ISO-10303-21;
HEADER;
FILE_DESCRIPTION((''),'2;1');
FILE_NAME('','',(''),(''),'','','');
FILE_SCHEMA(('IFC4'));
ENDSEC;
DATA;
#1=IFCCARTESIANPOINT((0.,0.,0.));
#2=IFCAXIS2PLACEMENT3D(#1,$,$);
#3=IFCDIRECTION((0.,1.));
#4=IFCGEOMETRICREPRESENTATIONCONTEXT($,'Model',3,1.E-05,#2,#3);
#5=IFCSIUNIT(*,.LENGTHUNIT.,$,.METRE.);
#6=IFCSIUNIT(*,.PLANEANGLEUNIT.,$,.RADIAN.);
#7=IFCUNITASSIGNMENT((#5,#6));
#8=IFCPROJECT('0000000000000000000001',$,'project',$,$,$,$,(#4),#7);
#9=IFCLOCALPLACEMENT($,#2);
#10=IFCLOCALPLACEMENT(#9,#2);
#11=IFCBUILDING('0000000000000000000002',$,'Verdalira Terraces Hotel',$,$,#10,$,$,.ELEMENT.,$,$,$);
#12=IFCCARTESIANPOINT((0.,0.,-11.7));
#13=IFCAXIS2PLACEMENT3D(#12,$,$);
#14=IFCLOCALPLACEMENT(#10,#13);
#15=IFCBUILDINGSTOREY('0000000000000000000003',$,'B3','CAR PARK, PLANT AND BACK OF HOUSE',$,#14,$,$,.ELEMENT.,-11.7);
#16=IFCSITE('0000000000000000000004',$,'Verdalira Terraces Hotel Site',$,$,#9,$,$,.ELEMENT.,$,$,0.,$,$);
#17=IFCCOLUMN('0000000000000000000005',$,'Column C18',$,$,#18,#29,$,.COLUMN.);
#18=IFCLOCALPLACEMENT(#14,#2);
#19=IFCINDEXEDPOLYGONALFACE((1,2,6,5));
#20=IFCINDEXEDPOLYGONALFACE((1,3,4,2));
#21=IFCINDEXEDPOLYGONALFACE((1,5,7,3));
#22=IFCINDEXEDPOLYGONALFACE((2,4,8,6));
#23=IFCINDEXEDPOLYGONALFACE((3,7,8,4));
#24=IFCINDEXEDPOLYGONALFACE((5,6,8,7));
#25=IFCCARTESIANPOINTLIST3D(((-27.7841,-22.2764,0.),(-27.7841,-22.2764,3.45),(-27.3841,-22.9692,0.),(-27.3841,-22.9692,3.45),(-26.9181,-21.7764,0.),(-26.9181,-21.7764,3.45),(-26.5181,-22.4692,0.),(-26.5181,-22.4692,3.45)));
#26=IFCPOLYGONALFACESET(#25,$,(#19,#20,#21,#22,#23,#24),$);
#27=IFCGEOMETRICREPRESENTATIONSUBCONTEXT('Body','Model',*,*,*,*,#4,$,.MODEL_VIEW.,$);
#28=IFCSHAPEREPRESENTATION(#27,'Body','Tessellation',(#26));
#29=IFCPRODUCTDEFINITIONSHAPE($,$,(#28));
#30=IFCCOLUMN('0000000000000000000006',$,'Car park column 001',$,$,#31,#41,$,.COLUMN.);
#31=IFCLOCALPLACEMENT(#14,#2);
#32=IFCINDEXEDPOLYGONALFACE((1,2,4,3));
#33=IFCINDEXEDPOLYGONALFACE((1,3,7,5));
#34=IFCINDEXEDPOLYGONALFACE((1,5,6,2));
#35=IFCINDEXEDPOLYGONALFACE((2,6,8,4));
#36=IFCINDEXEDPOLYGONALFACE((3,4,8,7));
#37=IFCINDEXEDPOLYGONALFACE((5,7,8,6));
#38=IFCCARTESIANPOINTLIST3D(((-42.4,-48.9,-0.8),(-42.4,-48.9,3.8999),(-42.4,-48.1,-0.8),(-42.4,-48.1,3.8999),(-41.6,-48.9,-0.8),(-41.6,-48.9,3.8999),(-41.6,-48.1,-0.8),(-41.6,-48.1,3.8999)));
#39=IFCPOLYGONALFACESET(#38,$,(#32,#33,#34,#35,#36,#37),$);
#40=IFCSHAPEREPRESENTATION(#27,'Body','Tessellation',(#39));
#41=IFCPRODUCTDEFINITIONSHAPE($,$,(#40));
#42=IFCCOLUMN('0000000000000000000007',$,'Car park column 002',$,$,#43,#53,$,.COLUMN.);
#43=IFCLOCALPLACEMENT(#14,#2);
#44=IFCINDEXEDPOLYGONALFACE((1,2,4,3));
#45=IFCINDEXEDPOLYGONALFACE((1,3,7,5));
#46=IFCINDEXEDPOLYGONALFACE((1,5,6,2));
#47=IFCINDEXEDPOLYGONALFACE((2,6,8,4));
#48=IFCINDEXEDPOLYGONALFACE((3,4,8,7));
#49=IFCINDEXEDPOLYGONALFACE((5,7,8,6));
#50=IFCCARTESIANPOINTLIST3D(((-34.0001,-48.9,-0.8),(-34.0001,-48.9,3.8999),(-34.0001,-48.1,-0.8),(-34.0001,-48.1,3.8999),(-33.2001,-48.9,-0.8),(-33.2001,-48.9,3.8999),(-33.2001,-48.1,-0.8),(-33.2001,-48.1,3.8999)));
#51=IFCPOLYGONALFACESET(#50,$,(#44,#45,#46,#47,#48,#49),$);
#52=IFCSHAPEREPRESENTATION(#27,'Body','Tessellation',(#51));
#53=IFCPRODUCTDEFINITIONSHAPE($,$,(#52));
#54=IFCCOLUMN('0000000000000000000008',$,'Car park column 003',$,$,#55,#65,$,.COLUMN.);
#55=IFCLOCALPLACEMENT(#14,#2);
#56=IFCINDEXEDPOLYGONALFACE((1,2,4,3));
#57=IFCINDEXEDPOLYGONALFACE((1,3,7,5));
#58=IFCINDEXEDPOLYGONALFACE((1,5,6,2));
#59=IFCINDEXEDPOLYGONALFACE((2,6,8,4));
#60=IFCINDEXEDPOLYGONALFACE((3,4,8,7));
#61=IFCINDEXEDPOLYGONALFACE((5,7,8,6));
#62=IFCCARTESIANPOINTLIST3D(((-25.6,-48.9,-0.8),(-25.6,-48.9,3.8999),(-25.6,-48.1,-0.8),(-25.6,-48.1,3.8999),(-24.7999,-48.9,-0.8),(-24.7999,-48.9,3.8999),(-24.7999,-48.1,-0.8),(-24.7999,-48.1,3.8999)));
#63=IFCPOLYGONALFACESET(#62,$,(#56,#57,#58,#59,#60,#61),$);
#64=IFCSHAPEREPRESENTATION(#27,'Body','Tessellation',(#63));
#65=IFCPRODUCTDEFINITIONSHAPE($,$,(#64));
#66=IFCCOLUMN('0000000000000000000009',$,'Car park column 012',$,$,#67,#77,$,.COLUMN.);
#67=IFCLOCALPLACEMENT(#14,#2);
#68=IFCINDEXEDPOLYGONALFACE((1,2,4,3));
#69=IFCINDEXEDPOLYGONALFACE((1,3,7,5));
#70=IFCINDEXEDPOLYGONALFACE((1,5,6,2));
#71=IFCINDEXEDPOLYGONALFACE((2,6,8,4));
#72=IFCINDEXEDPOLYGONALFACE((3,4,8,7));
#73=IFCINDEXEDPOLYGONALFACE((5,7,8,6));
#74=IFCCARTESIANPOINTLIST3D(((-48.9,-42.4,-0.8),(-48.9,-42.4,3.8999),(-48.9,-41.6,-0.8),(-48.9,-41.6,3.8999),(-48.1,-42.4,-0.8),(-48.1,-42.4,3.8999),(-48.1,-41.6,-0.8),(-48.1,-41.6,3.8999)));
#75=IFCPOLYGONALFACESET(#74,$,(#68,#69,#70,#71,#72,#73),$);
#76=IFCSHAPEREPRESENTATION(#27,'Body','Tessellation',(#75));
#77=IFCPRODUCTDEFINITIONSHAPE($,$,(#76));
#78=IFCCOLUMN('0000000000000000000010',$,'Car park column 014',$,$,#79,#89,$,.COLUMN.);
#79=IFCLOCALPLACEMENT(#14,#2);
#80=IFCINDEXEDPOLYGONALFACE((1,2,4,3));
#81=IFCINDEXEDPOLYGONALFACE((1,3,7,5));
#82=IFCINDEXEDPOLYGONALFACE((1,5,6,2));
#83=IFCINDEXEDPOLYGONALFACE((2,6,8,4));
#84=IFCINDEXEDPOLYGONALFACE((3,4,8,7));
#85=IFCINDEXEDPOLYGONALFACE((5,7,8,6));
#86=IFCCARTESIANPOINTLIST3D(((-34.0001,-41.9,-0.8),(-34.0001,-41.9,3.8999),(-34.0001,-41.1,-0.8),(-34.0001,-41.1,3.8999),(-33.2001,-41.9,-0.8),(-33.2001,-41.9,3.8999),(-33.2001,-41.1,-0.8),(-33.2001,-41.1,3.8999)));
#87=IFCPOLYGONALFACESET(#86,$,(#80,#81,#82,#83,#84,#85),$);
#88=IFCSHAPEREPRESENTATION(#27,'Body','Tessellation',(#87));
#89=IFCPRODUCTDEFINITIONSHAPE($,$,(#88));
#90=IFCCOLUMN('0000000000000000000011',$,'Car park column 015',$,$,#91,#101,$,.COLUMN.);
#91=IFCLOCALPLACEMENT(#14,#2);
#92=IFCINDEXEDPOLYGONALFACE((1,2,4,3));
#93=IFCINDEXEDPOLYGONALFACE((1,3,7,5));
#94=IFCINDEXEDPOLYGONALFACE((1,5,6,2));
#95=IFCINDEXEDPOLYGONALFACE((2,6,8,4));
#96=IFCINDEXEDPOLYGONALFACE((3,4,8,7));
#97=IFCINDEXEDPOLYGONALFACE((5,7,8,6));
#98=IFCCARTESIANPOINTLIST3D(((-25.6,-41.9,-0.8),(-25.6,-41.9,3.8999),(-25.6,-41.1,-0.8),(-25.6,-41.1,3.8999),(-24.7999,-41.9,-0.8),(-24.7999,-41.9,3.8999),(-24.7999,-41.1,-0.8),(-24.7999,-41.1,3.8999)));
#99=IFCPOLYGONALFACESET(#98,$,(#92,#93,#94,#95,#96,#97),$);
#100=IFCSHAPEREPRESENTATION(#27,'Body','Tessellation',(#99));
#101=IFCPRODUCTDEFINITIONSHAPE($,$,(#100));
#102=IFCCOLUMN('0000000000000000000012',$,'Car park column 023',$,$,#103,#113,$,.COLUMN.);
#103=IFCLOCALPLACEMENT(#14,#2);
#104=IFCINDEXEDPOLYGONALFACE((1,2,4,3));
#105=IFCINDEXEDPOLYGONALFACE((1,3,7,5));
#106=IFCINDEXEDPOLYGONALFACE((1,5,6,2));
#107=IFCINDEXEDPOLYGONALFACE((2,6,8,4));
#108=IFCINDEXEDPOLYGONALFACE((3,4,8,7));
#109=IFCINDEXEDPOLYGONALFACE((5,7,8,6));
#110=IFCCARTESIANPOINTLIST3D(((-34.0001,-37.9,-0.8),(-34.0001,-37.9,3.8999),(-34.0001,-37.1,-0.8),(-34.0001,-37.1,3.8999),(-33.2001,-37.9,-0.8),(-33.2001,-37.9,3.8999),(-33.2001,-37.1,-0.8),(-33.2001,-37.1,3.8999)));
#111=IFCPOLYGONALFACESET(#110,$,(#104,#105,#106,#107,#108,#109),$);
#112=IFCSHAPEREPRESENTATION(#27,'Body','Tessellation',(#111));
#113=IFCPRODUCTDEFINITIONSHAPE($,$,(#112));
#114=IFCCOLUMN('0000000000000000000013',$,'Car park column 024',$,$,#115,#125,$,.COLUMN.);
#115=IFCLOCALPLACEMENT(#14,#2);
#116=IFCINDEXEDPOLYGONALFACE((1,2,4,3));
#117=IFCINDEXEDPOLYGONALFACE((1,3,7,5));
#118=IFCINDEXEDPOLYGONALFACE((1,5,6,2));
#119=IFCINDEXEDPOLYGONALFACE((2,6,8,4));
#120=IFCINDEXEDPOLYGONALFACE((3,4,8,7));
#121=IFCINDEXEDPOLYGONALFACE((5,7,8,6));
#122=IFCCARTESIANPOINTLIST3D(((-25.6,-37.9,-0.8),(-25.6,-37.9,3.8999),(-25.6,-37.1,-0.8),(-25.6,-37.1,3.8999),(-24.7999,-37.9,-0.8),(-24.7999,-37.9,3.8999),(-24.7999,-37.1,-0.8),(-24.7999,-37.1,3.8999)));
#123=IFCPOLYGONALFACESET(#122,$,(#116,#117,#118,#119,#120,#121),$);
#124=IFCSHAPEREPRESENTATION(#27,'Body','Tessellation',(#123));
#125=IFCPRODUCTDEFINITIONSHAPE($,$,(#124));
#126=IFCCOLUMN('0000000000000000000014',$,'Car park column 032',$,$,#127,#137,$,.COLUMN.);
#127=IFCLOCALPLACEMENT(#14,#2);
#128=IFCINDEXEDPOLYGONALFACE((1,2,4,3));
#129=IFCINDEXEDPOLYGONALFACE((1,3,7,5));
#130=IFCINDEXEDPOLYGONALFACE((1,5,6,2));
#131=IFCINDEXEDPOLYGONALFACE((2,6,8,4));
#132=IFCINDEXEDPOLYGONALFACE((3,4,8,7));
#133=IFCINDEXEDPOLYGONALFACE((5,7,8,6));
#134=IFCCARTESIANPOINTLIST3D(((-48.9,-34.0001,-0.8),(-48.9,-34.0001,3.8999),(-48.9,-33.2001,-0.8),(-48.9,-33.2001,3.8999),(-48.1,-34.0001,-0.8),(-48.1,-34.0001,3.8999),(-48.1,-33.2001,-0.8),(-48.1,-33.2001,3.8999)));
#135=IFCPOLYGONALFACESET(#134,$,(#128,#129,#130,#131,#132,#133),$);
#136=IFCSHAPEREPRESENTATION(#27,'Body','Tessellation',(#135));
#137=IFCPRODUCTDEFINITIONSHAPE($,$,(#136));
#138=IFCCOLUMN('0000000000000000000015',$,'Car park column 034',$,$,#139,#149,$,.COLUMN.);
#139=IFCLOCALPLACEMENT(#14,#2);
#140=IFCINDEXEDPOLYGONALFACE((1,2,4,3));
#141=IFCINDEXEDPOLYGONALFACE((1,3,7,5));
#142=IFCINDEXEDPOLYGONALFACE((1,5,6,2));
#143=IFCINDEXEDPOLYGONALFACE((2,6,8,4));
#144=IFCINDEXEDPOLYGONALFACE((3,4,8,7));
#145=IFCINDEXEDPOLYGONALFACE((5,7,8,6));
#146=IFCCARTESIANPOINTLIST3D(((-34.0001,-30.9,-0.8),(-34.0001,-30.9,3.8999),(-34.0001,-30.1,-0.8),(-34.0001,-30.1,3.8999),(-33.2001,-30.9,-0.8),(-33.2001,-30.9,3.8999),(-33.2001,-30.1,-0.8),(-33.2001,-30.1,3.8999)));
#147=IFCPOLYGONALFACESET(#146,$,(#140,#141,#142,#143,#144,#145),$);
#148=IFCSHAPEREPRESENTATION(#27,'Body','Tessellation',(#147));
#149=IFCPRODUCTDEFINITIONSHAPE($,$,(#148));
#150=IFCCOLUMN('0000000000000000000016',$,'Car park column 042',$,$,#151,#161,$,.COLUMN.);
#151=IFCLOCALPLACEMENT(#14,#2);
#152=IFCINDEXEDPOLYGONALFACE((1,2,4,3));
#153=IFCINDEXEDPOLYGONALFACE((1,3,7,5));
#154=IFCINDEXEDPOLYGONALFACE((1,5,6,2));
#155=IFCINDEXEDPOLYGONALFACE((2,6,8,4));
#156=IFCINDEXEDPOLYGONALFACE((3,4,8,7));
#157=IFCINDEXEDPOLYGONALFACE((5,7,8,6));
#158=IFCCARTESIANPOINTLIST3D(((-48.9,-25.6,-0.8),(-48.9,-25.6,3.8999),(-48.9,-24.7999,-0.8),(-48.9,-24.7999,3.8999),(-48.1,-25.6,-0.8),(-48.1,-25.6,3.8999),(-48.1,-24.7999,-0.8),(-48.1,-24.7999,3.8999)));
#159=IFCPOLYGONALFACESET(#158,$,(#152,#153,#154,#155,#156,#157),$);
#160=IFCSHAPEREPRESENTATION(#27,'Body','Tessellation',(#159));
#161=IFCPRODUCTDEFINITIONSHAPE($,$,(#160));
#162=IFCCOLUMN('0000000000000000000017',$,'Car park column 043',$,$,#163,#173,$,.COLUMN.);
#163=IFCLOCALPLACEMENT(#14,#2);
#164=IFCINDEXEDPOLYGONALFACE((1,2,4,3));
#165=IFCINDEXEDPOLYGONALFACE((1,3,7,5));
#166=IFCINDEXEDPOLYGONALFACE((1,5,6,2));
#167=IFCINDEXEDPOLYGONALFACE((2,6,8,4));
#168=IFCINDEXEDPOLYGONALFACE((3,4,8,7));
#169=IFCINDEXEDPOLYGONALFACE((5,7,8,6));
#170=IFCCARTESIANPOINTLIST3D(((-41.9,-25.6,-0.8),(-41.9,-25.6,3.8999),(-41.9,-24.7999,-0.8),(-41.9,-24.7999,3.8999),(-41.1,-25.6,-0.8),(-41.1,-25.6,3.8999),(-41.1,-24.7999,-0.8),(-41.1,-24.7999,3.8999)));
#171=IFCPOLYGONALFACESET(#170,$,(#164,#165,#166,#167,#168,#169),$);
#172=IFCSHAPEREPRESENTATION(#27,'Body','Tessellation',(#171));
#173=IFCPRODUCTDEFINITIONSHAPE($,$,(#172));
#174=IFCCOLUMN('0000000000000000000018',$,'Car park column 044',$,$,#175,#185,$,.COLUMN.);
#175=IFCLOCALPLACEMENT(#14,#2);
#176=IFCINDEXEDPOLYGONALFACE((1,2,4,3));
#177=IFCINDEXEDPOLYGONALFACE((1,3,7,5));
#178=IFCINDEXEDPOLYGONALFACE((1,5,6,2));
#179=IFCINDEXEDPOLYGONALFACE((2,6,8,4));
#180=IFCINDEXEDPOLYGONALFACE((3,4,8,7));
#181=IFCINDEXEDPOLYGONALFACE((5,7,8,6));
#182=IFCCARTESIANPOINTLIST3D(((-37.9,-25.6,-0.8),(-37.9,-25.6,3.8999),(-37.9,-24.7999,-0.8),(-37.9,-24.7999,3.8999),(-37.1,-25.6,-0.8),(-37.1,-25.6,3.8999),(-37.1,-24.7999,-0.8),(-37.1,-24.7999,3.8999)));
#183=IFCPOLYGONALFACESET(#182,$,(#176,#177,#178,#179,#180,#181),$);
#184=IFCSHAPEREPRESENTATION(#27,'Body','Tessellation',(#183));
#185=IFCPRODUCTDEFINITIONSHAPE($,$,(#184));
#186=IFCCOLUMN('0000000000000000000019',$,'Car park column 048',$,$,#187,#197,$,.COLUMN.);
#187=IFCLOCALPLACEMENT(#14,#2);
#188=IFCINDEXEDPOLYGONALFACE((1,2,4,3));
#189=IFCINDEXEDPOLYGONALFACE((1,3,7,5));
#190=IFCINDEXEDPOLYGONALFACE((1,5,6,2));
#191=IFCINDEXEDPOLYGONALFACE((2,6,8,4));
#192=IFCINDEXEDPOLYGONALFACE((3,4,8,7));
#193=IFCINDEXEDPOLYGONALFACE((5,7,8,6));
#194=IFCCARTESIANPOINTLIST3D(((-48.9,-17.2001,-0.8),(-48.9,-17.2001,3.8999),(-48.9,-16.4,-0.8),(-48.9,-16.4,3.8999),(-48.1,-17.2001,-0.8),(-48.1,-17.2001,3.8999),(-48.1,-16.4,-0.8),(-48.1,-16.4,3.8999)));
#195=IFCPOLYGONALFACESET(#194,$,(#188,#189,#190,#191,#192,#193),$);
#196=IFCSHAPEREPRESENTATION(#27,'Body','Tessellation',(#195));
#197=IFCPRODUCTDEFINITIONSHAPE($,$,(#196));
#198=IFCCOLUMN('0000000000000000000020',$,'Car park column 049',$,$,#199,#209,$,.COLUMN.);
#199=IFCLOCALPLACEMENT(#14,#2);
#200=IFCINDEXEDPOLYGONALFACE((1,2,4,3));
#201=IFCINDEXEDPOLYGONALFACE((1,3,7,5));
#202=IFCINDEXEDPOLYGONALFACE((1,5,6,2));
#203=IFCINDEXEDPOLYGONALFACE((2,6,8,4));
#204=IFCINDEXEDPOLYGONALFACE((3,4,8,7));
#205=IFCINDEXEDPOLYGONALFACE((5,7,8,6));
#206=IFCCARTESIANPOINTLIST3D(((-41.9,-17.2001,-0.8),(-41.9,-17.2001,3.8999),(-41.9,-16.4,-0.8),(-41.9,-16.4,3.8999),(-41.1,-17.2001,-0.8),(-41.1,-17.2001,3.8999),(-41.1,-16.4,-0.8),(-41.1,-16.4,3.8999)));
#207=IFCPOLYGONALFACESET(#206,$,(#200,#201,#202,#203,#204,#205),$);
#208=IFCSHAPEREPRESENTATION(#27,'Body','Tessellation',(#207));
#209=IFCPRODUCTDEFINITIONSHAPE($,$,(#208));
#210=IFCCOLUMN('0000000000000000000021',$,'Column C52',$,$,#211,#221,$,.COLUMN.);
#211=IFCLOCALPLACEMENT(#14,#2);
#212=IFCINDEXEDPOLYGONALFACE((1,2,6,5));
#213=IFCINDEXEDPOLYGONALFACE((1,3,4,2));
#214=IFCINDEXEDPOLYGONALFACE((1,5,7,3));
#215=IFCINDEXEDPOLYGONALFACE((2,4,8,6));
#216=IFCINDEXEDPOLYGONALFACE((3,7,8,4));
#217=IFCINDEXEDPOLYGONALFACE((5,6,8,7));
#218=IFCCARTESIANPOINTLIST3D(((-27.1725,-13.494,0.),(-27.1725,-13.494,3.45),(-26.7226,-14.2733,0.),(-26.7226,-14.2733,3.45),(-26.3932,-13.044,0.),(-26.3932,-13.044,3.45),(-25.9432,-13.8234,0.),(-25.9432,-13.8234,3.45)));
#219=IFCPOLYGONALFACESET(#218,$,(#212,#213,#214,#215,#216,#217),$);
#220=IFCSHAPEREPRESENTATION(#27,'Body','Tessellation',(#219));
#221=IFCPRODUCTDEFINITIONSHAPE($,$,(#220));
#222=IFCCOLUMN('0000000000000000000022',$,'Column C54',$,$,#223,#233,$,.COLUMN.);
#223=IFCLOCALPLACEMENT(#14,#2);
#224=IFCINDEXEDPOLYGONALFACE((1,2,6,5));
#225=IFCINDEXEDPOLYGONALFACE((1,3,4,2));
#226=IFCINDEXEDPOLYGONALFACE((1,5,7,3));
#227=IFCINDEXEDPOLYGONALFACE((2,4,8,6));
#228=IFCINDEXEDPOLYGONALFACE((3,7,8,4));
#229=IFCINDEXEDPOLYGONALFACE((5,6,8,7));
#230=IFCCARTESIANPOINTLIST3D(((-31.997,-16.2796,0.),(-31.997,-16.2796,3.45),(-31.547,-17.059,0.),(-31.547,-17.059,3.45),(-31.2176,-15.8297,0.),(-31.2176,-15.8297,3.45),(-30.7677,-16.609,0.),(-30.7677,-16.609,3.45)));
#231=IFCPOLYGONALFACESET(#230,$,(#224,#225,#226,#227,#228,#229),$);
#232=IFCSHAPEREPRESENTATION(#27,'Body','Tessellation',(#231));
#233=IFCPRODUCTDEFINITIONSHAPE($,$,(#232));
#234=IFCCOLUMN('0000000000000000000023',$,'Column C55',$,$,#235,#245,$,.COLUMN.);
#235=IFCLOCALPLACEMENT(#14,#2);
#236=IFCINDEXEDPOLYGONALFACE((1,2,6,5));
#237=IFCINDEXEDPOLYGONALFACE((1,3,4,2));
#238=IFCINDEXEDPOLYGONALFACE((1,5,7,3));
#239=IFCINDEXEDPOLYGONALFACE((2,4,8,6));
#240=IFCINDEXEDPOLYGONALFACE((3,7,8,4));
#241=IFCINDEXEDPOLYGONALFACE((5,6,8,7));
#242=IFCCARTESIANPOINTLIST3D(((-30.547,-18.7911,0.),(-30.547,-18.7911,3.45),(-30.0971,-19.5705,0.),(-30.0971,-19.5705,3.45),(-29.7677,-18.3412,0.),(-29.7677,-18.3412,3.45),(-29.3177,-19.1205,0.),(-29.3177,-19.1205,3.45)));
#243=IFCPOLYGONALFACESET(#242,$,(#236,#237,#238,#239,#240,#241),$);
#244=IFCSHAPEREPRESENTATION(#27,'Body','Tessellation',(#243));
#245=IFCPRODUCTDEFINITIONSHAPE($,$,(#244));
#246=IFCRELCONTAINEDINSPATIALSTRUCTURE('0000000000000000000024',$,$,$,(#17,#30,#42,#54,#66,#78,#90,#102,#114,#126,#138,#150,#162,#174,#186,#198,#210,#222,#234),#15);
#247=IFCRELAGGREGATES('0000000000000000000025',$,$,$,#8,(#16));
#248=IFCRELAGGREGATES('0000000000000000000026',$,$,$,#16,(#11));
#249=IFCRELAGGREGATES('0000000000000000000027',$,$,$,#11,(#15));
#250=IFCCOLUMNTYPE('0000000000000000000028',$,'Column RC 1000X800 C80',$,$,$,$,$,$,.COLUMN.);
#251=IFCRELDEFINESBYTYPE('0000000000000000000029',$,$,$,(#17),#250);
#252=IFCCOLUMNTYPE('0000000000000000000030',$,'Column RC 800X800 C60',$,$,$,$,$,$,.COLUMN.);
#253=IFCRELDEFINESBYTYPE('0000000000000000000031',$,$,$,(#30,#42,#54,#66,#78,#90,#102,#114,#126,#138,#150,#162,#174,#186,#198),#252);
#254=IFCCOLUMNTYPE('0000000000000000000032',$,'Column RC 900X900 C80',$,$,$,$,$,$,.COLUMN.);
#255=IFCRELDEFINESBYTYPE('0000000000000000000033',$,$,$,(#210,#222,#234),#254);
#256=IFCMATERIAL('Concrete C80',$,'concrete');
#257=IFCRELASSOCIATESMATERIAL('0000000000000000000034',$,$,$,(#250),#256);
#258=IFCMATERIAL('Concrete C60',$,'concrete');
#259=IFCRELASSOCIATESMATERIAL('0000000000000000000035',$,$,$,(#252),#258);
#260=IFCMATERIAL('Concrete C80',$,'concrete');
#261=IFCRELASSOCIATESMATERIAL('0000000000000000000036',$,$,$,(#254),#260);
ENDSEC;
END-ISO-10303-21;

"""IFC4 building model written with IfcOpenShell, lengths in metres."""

from ifc_helpers import new_model, si_unit, direction, frame, origin, origin_2d, place, context, subcontext, project, spatial, rectangle, extrude, material, material_profile, profile_set, type_object, element, save


model = new_model("IFC4")

# Units and contexts
model_context = context("Model", 3, precision=1e-05, world=origin(), true_north=direction((0.0, 1.0)))
body_context = subcontext(model_context, "Body", "Model", "MODEL_VIEW")
ifc_project = project(units=[si_unit("LENGTHUNIT", "METRE"), si_unit("PLANEANGLEUNIT", "RADIAN")], contexts=[model_context])

# Site, building, storey
site_placement = place(None, origin())
site = spatial("IfcSite", under=ifc_project, at=site_placement, Name="Verdalira Terraces Hotel Site", CompositionType="ELEMENT", RefElevation=0.0)
building_placement = place(site_placement, origin())
building = spatial("IfcBuilding", under=site, at=building_placement, Name="Verdalira Terraces Hotel", CompositionType="ELEMENT")
storey_placement = place(building_placement, frame((0.0, 0.0, -11.7)))
storey = spatial("IfcBuildingStorey", under=building, at=storey_placement, Name="B3", Description="CAR PARK, PLANT AND BACK OF HOUSE", CompositionType="ELEMENT", Elevation=-11.7)

# Columns
ifc_material_1 = material(Name="Concrete C80", Category="concrete")
ifc_material_profile_1 = material_profile(ifc_material_1, rectangle(XDim=1.0, YDim=0.8, at=origin_2d()), Name="RC 1000X800")
ifc_profile_set_1 = profile_set([ifc_material_profile_1], Name="Concrete C80")
column_type_1 = type_object("IfcColumnType", Name="Column RC 1000X800 C80", PredefinedType="COLUMN", material=ifc_profile_set_1)
for number, where, z_axis, x_axis, name in (
    (1, (-27.1511, -22.3728, 0.0), (0.0, 0.0, 1.0), (0.866025, 0.5, 0.0), "Column C18"),
):
    element("IfcColumn", number, at=place(storey_placement, frame(where, z_axis=z_axis, x_axis=x_axis)), inside=storey, type_object=column_type_1, Name=name, PredefinedType="COLUMN", context=body_context, shape_type="SweptSolid", body=[
        extrude(rectangle(XDim=1.0, YDim=0.8, at=origin_2d()), origin(), (0.0, 0.0, 1.0), 3.45),
    ])
ifc_material_2 = material(Name="Concrete C60", Category="concrete")
ifc_material_profile_2 = material_profile(ifc_material_2, rectangle(XDim=0.8, YDim=0.8, at=origin_2d()), Name="RC 800X800")
ifc_profile_set_2 = profile_set([ifc_material_profile_2], Name="Concrete C60")
column_type_2 = type_object("IfcColumnType", Name="Column RC 800X800 C60", PredefinedType="COLUMN", material=ifc_profile_set_2)
for number, where, z_axis, x_axis, name in (
    (2, (-42.0, -48.5, -0.8), (0.0, 0.0, 1.0), (1.0, 0.0, 0.0), "Car park column 001"),
    (3, (-33.6001, -48.5, -0.8), (0.0, 0.0, 1.0), (1.0, 0.0, 0.0), "Car park column 002"),
    (4, (-25.2, -48.5, -0.8), (0.0, 0.0, 1.0), (1.0, 0.0, 0.0), "Car park column 003"),
    (5, (-48.5, -42.0, -0.8), (0.0, 0.0, 1.0), (1.0, 0.0, 0.0), "Car park column 012"),
    (6, (-33.6001, -41.5, -0.8), (0.0, 0.0, 1.0), (1.0, 0.0, 0.0), "Car park column 014"),
    (7, (-25.2, -41.5, -0.8), (0.0, 0.0, 1.0), (1.0, 0.0, 0.0), "Car park column 015"),
    (8, (-33.6001, -37.5, -0.8), (0.0, 0.0, 1.0), (1.0, 0.0, 0.0), "Car park column 023"),
    (9, (-25.2, -37.5, -0.8), (0.0, 0.0, 1.0), (1.0, 0.0, 0.0), "Car park column 024"),
    (10, (-48.5, -33.6001, -0.8), (0.0, 0.0, 1.0), (1.0, 0.0, 0.0), "Car park column 032"),
    (11, (-33.6001, -30.5, -0.8), (0.0, 0.0, 1.0), (1.0, 0.0, 0.0), "Car park column 034"),
    (12, (-48.5, -25.2, -0.8), (0.0, 0.0, 1.0), (1.0, 0.0, 0.0), "Car park column 042"),
    (13, (-41.5, -25.2, -0.8), (0.0, 0.0, 1.0), (1.0, 0.0, 0.0), "Car park column 043"),
    (14, (-37.5, -25.2, -0.8), (0.0, 0.0, 1.0), (1.0, 0.0, 0.0), "Car park column 044"),
    (15, (-48.5, -16.8, -0.8), (0.0, 0.0, 1.0), (1.0, 0.0, 0.0), "Car park column 048"),
    (16, (-41.5, -16.8, -0.8), (0.0, 0.0, 1.0), (1.0, 0.0, 0.0), "Car park column 049"),
):
    element("IfcColumn", number, at=place(storey_placement, frame(where, z_axis=z_axis, x_axis=x_axis)), inside=storey, type_object=column_type_2, Name=name, PredefinedType="COLUMN", context=body_context, shape_type="SweptSolid", body=[
        extrude(rectangle(XDim=0.8, YDim=0.8, at=origin_2d()), origin(), (0.0, 0.0, 1.0), 4.7),
    ])
ifc_material_3 = material(Name="Concrete C80", Category="concrete")
ifc_material_profile_3 = material_profile(ifc_material_3, rectangle(XDim=0.8999, YDim=0.8999, at=origin_2d()), Name="RC 900X900")
ifc_profile_set_3 = profile_set([ifc_material_profile_3], Name="Concrete C80")
column_type_3 = type_object("IfcColumnType", Name="Column RC 900X900 C80", PredefinedType="COLUMN", material=ifc_profile_set_3)
for number, where, z_axis, x_axis, name in (
    (17, (-26.5579, -13.6587, 0.0), (0.0, 0.0, 1.0), (-0.866025, -0.5, 0.0), "Column C52"),
    (18, (-31.3823, -16.4443, 0.0), (0.0, 0.0, 1.0), (-0.866025, -0.5, 0.0), "Column C54"),
    (19, (-29.9324, -18.9558, 0.0), (0.0, 0.0, 1.0), (-0.866025, -0.5, 0.0), "Column C55"),
):
    element("IfcColumn", number, at=place(storey_placement, frame(where, z_axis=z_axis, x_axis=x_axis)), inside=storey, type_object=column_type_3, Name=name, PredefinedType="COLUMN", context=body_context, shape_type="SweptSolid", body=[
        extrude(rectangle(XDim=0.8999, YDim=0.8999, at=origin_2d()), origin(), (0.0, 0.0, 1.0), 3.45),
    ])

save(model, "model.ifc")
